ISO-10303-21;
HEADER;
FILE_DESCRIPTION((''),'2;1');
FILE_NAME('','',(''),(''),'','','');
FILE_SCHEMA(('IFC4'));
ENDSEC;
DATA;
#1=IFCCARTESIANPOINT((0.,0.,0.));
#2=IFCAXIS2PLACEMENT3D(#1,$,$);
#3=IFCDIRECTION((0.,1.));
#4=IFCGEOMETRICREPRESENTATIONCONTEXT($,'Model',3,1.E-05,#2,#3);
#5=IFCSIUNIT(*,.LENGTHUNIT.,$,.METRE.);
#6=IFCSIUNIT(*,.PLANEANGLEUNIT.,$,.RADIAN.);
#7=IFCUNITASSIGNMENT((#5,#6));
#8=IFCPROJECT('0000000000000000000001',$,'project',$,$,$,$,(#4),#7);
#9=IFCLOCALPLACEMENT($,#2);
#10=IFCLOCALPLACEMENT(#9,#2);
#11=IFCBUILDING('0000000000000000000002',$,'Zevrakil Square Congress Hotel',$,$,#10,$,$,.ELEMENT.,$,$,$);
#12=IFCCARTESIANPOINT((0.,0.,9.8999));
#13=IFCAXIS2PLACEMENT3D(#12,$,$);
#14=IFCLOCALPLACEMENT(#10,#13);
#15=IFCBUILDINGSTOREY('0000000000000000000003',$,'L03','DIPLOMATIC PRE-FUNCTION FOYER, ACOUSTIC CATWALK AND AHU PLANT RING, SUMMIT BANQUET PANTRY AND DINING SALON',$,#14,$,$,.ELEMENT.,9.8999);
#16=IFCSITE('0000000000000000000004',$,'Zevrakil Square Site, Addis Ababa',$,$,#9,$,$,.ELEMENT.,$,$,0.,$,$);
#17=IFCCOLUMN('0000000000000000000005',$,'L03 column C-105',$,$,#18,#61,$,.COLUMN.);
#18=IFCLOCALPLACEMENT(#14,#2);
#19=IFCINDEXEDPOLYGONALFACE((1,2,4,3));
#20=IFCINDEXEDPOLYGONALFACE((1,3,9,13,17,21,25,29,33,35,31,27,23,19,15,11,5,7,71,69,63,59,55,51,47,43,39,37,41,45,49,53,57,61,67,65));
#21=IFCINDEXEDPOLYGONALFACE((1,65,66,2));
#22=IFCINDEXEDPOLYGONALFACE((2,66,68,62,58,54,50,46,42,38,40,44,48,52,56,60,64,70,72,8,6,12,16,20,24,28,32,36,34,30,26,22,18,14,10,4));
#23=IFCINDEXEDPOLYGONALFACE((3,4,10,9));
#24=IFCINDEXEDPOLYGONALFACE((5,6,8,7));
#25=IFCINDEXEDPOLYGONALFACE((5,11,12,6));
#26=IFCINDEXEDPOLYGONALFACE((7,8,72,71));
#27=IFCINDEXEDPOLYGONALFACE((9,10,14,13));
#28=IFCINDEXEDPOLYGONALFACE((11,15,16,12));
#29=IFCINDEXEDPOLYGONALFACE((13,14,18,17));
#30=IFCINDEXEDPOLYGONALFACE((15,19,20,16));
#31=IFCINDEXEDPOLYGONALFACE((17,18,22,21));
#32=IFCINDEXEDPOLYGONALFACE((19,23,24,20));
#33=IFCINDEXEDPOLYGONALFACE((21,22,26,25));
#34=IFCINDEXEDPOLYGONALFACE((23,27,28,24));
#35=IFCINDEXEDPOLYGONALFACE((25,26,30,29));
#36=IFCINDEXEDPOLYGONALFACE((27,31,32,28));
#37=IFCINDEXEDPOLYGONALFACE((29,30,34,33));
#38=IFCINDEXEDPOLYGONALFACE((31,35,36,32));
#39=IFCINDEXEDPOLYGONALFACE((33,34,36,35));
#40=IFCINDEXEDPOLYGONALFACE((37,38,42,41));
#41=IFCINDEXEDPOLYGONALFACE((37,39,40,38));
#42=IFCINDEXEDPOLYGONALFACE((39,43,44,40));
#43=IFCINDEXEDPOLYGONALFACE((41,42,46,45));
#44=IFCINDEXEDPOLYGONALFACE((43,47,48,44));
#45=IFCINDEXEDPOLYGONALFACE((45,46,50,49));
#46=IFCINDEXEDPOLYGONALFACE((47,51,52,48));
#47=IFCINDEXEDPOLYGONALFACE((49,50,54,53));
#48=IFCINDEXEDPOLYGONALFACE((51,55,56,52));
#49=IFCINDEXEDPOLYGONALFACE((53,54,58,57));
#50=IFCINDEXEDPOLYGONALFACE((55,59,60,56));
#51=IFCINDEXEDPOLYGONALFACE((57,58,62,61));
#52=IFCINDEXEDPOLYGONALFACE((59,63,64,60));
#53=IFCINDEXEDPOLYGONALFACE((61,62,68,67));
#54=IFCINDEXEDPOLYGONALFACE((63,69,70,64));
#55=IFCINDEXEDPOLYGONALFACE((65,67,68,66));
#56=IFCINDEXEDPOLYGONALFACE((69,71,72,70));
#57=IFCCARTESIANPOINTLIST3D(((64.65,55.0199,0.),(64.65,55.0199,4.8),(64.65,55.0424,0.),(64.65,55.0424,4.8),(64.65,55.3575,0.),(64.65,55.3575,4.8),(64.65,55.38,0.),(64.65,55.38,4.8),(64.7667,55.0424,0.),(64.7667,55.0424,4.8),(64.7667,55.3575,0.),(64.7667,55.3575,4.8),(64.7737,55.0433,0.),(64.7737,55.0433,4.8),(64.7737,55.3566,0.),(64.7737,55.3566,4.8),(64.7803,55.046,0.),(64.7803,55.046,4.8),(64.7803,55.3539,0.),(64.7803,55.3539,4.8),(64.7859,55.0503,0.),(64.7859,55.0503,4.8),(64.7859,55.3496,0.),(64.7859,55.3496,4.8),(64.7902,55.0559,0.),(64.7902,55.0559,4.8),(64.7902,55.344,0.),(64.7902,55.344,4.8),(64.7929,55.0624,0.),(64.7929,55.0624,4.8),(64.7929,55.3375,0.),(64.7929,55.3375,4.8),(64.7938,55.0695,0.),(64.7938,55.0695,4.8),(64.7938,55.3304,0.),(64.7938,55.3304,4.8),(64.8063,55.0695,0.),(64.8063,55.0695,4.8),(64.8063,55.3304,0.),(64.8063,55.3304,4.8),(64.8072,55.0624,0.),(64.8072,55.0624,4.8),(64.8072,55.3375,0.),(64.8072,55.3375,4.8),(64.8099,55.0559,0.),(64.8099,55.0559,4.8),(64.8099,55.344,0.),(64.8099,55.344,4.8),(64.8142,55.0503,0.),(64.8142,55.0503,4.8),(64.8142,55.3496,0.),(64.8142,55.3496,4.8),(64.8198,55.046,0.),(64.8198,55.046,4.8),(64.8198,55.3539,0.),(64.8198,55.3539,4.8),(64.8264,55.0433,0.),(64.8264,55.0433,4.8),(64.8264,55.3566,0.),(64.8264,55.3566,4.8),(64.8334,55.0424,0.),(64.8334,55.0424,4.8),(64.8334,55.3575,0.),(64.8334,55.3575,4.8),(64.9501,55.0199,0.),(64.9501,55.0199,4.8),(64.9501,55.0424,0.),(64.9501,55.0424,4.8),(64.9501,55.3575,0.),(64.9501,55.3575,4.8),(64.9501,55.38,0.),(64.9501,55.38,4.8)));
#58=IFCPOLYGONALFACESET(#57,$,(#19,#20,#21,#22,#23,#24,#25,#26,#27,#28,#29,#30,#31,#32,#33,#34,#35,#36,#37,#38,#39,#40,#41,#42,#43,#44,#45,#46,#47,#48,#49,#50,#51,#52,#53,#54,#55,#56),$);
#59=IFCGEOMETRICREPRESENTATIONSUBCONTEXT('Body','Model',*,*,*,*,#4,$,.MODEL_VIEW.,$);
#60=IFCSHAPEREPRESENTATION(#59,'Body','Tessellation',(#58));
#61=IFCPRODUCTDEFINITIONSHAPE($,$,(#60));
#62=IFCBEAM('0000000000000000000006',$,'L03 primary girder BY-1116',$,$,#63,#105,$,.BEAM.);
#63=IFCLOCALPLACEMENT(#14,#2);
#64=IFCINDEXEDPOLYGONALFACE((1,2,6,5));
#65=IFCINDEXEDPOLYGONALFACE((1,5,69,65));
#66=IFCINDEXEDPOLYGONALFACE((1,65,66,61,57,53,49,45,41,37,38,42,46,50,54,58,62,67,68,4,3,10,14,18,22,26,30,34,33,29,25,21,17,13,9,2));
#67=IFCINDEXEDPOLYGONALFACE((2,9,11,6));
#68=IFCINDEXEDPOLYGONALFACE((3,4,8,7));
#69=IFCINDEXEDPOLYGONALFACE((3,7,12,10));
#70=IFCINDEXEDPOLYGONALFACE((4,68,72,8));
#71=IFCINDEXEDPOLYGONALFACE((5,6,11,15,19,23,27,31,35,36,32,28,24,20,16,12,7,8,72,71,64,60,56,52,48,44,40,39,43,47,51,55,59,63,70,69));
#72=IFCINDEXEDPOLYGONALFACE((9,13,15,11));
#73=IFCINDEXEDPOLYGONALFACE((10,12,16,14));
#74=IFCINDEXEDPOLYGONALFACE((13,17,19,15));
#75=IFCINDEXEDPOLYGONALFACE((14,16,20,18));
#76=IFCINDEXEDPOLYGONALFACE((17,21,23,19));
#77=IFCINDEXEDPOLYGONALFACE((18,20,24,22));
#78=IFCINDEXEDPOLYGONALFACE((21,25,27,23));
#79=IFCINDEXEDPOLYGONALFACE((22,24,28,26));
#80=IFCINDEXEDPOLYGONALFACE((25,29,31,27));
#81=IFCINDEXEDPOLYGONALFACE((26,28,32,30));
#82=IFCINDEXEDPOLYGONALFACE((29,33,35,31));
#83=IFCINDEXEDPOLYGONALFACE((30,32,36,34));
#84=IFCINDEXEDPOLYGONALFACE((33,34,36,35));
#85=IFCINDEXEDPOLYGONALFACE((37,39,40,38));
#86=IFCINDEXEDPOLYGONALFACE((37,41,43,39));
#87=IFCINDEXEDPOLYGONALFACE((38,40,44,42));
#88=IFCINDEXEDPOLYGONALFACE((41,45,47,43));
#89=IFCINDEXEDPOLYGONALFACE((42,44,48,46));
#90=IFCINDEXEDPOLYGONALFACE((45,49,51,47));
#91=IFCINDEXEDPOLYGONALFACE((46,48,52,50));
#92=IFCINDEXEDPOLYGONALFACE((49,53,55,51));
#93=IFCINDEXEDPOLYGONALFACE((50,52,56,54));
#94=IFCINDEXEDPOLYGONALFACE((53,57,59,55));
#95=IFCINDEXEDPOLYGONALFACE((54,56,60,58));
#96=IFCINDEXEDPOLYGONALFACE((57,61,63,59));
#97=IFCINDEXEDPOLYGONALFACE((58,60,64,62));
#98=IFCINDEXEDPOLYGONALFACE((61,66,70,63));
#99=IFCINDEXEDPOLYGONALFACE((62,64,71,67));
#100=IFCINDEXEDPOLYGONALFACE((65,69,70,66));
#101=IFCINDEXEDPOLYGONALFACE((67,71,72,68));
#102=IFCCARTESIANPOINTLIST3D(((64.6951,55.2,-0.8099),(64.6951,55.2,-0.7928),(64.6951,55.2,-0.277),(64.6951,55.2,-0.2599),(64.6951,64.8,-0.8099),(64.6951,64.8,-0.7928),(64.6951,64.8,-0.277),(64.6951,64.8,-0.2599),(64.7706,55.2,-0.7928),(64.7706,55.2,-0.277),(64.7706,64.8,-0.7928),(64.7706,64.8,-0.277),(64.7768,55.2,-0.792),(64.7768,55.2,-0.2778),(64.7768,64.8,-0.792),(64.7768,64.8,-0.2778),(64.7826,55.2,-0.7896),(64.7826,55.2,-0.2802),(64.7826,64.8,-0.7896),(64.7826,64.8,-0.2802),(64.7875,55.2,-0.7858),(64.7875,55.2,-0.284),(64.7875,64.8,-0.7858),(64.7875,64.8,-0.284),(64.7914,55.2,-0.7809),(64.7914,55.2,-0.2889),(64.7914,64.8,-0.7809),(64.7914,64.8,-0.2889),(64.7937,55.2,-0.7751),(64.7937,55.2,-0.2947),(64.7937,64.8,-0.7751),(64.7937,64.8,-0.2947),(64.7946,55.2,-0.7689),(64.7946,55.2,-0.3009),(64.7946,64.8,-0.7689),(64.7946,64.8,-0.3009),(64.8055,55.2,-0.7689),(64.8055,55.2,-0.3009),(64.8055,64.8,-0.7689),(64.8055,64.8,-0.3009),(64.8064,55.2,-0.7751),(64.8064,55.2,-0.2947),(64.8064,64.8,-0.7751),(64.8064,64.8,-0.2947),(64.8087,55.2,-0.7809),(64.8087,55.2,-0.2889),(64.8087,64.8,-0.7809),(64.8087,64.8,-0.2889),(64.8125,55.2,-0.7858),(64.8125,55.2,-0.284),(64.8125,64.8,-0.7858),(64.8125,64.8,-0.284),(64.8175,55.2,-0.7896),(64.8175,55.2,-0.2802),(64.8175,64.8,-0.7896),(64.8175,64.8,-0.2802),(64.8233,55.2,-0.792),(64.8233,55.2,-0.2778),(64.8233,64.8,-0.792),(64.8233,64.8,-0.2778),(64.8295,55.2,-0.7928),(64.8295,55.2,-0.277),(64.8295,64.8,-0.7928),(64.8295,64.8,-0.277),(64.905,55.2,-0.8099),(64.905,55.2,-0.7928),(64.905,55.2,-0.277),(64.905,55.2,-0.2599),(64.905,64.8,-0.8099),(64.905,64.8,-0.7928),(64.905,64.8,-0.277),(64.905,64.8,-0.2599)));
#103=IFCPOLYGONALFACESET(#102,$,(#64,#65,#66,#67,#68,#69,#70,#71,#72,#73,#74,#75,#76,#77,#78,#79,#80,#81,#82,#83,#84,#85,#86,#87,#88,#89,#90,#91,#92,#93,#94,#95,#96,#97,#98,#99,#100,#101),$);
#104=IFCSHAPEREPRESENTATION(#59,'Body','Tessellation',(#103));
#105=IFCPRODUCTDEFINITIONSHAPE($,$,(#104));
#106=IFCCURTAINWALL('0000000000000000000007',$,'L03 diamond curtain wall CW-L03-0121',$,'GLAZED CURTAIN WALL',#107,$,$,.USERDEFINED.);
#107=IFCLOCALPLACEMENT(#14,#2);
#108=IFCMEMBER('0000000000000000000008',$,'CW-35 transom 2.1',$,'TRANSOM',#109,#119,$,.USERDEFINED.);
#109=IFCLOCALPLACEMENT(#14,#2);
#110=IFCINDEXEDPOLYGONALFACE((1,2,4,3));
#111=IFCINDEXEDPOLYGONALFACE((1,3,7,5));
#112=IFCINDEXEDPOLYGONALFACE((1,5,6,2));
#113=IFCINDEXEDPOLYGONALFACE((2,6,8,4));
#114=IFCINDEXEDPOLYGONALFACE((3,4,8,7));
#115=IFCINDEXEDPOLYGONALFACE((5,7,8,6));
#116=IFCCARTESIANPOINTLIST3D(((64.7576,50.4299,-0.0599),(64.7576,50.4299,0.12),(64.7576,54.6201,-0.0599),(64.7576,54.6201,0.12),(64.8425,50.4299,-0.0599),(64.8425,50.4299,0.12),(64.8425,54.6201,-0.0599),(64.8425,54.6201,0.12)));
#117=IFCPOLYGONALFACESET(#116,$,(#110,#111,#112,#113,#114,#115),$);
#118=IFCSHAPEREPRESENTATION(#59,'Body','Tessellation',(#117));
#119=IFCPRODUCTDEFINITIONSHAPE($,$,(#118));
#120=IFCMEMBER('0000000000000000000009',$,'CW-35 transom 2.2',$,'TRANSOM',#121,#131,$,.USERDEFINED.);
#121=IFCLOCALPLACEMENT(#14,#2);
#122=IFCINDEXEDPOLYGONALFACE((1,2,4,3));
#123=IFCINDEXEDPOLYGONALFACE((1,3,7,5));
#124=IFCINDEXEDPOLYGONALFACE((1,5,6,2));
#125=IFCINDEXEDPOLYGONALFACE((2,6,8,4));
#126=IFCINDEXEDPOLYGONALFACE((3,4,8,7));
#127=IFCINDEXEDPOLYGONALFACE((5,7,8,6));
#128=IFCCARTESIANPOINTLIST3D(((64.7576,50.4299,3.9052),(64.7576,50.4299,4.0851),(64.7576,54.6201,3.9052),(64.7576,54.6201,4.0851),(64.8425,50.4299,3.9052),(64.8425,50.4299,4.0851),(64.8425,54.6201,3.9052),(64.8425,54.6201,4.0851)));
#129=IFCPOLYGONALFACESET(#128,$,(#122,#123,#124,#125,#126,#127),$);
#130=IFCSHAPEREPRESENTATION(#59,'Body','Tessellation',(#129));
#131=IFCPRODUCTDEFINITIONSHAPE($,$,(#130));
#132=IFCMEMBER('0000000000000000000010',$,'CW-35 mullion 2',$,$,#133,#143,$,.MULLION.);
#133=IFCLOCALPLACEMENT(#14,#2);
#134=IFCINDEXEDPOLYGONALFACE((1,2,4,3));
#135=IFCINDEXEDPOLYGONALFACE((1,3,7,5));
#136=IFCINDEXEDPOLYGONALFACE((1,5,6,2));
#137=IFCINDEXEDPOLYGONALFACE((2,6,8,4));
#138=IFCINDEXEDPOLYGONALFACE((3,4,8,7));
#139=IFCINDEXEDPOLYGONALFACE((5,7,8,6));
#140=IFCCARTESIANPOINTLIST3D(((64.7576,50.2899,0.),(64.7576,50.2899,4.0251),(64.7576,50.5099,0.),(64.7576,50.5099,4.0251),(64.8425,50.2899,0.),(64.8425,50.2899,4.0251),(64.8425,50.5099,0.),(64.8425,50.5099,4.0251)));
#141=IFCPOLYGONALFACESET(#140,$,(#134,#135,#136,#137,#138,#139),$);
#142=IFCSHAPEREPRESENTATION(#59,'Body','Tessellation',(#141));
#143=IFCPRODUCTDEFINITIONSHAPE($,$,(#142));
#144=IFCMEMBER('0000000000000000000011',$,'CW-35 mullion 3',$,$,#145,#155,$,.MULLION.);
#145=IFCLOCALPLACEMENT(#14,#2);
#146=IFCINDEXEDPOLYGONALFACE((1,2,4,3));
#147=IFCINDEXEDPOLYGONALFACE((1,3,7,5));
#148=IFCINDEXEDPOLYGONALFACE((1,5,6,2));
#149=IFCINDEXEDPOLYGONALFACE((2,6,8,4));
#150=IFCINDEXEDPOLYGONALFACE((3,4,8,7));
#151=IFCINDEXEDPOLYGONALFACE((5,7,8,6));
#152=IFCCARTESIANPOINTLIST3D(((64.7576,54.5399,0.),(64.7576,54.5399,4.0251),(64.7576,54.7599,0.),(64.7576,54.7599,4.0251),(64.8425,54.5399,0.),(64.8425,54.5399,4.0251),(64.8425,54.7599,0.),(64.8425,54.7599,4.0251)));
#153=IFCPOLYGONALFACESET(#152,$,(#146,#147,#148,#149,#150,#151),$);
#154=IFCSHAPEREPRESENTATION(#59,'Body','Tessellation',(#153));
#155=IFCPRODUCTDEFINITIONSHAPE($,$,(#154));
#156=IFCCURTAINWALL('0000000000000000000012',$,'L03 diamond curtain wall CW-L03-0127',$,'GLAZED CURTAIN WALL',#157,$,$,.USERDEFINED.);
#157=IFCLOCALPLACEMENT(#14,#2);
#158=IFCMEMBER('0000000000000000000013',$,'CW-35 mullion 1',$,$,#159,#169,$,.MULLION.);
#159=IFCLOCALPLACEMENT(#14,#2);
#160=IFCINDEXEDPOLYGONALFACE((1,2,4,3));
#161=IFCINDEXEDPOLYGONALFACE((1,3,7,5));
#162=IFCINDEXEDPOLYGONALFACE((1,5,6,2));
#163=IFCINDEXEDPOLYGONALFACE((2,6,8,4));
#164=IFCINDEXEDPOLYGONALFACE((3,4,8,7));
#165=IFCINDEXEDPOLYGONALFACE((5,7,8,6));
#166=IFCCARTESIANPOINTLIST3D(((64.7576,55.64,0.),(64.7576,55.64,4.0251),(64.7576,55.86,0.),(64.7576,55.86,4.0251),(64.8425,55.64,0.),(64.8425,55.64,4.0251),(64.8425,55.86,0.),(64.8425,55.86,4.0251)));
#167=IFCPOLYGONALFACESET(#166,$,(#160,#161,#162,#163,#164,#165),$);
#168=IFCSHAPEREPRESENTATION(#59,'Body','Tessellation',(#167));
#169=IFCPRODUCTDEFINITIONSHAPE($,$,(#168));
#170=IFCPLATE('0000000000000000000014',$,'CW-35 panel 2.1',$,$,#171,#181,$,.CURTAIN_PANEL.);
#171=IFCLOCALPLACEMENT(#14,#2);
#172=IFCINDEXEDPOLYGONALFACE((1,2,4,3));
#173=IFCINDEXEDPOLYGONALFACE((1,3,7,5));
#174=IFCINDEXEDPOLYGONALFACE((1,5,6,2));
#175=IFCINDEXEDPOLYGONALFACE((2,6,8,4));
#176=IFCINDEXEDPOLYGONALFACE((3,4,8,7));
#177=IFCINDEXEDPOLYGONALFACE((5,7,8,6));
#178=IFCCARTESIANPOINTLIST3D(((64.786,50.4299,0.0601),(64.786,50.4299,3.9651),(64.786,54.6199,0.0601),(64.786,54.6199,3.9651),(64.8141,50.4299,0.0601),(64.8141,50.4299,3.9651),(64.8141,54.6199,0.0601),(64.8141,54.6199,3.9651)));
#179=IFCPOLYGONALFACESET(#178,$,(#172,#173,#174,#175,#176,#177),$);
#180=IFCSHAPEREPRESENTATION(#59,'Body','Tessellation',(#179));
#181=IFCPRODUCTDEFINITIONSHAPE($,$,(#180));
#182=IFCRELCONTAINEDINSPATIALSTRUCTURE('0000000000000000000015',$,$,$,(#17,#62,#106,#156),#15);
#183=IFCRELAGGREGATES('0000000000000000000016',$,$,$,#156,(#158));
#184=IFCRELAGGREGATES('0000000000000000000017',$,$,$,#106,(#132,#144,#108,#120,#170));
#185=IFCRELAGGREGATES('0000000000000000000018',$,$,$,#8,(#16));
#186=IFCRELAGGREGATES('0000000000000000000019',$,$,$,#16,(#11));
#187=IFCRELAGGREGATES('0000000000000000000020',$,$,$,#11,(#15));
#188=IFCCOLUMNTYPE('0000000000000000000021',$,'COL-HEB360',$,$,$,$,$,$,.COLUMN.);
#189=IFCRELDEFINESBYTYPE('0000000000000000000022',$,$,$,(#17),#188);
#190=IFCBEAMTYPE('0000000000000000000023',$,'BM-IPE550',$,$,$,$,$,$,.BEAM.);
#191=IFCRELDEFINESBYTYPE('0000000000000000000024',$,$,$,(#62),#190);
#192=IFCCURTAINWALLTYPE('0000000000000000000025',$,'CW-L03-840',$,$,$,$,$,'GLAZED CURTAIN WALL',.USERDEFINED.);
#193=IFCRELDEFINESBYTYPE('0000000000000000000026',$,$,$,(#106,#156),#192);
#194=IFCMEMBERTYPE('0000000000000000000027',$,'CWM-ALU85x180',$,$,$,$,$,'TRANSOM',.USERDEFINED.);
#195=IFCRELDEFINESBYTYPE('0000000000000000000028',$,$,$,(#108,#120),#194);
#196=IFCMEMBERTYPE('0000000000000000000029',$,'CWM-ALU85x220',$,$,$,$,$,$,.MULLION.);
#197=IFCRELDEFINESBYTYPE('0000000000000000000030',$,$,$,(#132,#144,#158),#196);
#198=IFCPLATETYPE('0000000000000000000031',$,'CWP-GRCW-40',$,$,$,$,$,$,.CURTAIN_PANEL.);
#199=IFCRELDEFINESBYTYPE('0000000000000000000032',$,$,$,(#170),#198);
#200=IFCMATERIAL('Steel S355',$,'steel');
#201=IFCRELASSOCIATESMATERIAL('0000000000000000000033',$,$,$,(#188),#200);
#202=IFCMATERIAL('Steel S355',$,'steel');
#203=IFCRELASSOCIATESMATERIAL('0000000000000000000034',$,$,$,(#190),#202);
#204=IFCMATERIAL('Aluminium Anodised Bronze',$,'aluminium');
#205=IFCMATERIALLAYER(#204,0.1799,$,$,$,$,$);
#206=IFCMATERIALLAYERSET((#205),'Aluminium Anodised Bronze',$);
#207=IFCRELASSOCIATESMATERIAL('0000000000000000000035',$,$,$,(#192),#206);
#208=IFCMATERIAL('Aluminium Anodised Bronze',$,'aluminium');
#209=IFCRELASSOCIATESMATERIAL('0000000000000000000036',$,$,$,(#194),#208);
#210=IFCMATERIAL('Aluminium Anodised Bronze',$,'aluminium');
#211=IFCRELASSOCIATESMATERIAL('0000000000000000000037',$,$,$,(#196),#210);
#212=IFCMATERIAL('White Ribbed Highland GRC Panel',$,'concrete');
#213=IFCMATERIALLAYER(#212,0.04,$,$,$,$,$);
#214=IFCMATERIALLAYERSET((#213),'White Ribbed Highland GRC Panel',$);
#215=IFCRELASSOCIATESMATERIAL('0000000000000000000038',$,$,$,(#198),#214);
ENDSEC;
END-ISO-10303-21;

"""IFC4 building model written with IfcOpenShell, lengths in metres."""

from ifc_helpers import new_model, si_unit, direction, frame, origin, origin_2d, place, context, subcontext, project, spatial, rectangle, i_section, extrude, material, layer, layer_set, material_profile, profile_set, type_object, element, aggregate, save


model = new_model("IFC4")

# Units and contexts
model_context = context("Model", 3, precision=1e-05, world=origin(), true_north=direction((0.0, 1.0)))
body_context = subcontext(model_context, "Body", "Model", "MODEL_VIEW")
ifc_project = project(units=[si_unit("LENGTHUNIT", "METRE"), si_unit("PLANEANGLEUNIT", "RADIAN")], contexts=[model_context])

# Site, building, storey
site_placement = place(None, origin())
site = spatial("IfcSite", under=ifc_project, at=site_placement, Name="Zevrakil Square Site, Addis Ababa", CompositionType="ELEMENT", RefElevation=0.0)
building_placement = place(site_placement, origin())
building = spatial("IfcBuilding", under=site, at=building_placement, Name="Zevrakil Square Congress Hotel", CompositionType="ELEMENT")
storey_placement = place(building_placement, frame((0.0, 0.0, 9.8999)))
storey = spatial("IfcBuildingStorey", under=building, at=storey_placement, Name="L03", Description="DIPLOMATIC PRE-FUNCTION FOYER, ACOUSTIC CATWALK AND AHU PLANT RING, SUMMIT BANQUET PANTRY AND DINING SALON", CompositionType="ELEMENT", Elevation=9.8999)

# Column
ifc_material_1 = material(Name="Steel S355", Category="steel")
ifc_material_profile_1 = material_profile(ifc_material_1, i_section(OverallWidth=0.3, OverallDepth=0.3601, WebThickness=0.0125, FlangeThickness=0.0225, FilletRadius=0.0271, at=origin_2d()), Name="HEB 360")
ifc_profile_set_1 = profile_set([ifc_material_profile_1], Name="Steel S355")
column_type = type_object("IfcColumnType", Name="COL-HEB360", PredefinedType="COLUMN", material=ifc_profile_set_1)
column_placement = place(storey_placement, frame((64.8, 55.2, 0.0), z_axis=(0.0, 0.0, 1.0), x_axis=(1.0, 0.0, 0.0)))
element("IfcColumn", 1, at=column_placement, inside=storey, type_object=column_type, Name="L03 column C-105", PredefinedType="COLUMN", context=body_context, shape_type="SweptSolid", body=[
    extrude(i_section(OverallWidth=0.3, OverallDepth=0.3601, WebThickness=0.0125, FlangeThickness=0.0225, FilletRadius=0.0271, at=origin_2d()), origin(), (0.0, 0.0, 1.0), 4.8),
])

# Beam
ifc_material_2 = material(Name="Steel S355", Category="steel")
ifc_material_profile_2 = material_profile(ifc_material_2, i_section(OverallWidth=0.21, OverallDepth=0.55, WebThickness=0.011, FlangeThickness=0.0171, FilletRadius=0.0239, at=origin_2d()), Name="IPE 550")
ifc_profile_set_2 = profile_set([ifc_material_profile_2], Name="Steel S355")
beam_type = type_object("IfcBeamType", Name="BM-IPE550", PredefinedType="BEAM", material=ifc_profile_set_2)
beam_placement = place(storey_placement, frame((64.8, 55.2, -0.5349), z_axis=(0.0, 1.0, 0.0), x_axis=(-1.0, 0.0, 0.0)))
element("IfcBeam", 2, at=beam_placement, inside=storey, type_object=beam_type, Name="L03 primary girder BY-1116", PredefinedType="BEAM", context=body_context, shape_type="SweptSolid", body=[
    extrude(i_section(OverallWidth=0.21, OverallDepth=0.55, WebThickness=0.011, FlangeThickness=0.0171, FilletRadius=0.0239, at=origin_2d()), origin(), (0.0, 0.0, 1.0), 9.6001),
])

# Curtain wall, members
ifc_material_3 = material(Name="Aluminium Anodised Bronze", Category="aluminium")
ifc_layer_1 = layer(ifc_material_3, 0.1799)
ifc_layer_set_1 = layer_set([ifc_layer_1], Name="Aluminium Anodised Bronze")
curtain_wall_type = type_object("IfcCurtainWallType", Name="CW-L03-840", ElementType="GLAZED CURTAIN WALL", PredefinedType="USERDEFINED", material=ifc_layer_set_1)
curtain_wall_1_placement = place(storey_placement, origin())
curtain_wall_1 = element("IfcCurtainWall", 3, at=curtain_wall_1_placement, inside=storey, type_object=curtain_wall_type, Name="L03 diamond curtain wall CW-L03-0121", ObjectType="GLAZED CURTAIN WALL", PredefinedType="USERDEFINED")
ifc_material_4 = material(Name="Aluminium Anodised Bronze", Category="aluminium")
ifc_material_profile_3 = material_profile(ifc_material_4, rectangle(XDim=0.085, YDim=0.1799, at=origin_2d()), Name="ALU 85x180")
ifc_profile_set_3 = profile_set([ifc_material_profile_3], Name="Aluminium Anodised Bronze")
member_type_1 = type_object("IfcMemberType", Name="CWM-ALU85x180", ElementType="TRANSOM", PredefinedType="USERDEFINED", material=ifc_profile_set_3)
member_1_placement = place(storey_placement, frame((64.8, 50.4299, 0.03), z_axis=(0.0, 1.0, 0.0), x_axis=(-1.0, 0.0, 0.0)))
member_1 = element("IfcMember", 4, at=member_1_placement, type_object=member_type_1, Name="CW-35 transom 2.1", ObjectType="TRANSOM", PredefinedType="USERDEFINED", context=body_context, shape_type="SweptSolid", body=[
    extrude(rectangle(XDim=0.085, YDim=0.1799, at=origin_2d()), origin(), (0.0, 0.0, 1.0), 4.1902),
])
member_2_placement = place(storey_placement, frame((64.8, 50.4299, 3.9951), z_axis=(0.0, 1.0, 0.0), x_axis=(-1.0, 0.0, 0.0)))
member_2 = element("IfcMember", 5, at=member_2_placement, type_object=member_type_1, Name="CW-35 transom 2.2", ObjectType="TRANSOM", PredefinedType="USERDEFINED", context=body_context, shape_type="SweptSolid", body=[
    extrude(rectangle(XDim=0.085, YDim=0.1799, at=origin_2d()), origin(), (0.0, 0.0, 1.0), 4.1902),
])
ifc_material_5 = material(Name="Aluminium Anodised Bronze", Category="aluminium")
ifc_material_profile_4 = material_profile(ifc_material_5, rectangle(XDim=0.085, YDim=0.22, at=origin_2d()), Name="ALU 85x220")
ifc_profile_set_4 = profile_set([ifc_material_profile_4], Name="Aluminium Anodised Bronze")
member_type_2 = type_object("IfcMemberType", Name="CWM-ALU85x220", PredefinedType="MULLION", material=ifc_profile_set_4)
member_3_placement = place(storey_placement, frame((64.8, 50.3999, 0.0), z_axis=(0.0, 0.0, 1.0), x_axis=(-1.0, 0.0, 0.0)))
member_3 = element("IfcMember", 6, at=member_3_placement, type_object=member_type_2, Name="CW-35 mullion 2", PredefinedType="MULLION", context=body_context, shape_type="SweptSolid", body=[
    extrude(rectangle(XDim=0.085, YDim=0.22, at=origin_2d()), origin(), (0.0, 0.0, 1.0), 4.0251),
])
member_4_placement = place(storey_placement, frame((64.8, 54.6499, 0.0), z_axis=(0.0, 0.0, 1.0), x_axis=(-1.0, 0.0, 0.0)))
member_4 = element("IfcMember", 7, at=member_4_placement, type_object=member_type_2, Name="CW-35 mullion 3", PredefinedType="MULLION", context=body_context, shape_type="SweptSolid", body=[
    extrude(rectangle(XDim=0.085, YDim=0.22, at=origin_2d()), origin(), (0.0, 0.0, 1.0), 4.0251),
])

# Curtain wall, member
curtain_wall_2_placement = place(storey_placement, origin())
curtain_wall_2 = element("IfcCurtainWall", 8, at=curtain_wall_2_placement, inside=storey, type_object=curtain_wall_type, Name="L03 diamond curtain wall CW-L03-0127", ObjectType="GLAZED CURTAIN WALL", PredefinedType="USERDEFINED")
member_5_placement = place(storey_placement, frame((64.8, 55.75, 0.0), z_axis=(0.0, 0.0, 1.0), x_axis=(-1.0, 0.0, 0.0)))
member_5 = element("IfcMember", 9, at=member_5_placement, type_object=member_type_2, Name="CW-35 mullion 1", PredefinedType="MULLION", context=body_context, shape_type="SweptSolid", body=[
    extrude(rectangle(XDim=0.085, YDim=0.22, at=origin_2d()), origin(), (0.0, 0.0, 1.0), 4.0251),
])
aggregate(curtain_wall_2, [member_5])

# Plate
ifc_material_6 = material(Name="White Ribbed Highland GRC Panel", Category="concrete")
ifc_layer_2 = layer(ifc_material_6, 0.04)
ifc_layer_set_2 = layer_set([ifc_layer_2], Name="White Ribbed Highland GRC Panel")
plate_type = type_object("IfcPlateType", Name="CWP-GRCW-40", PredefinedType="CURTAIN_PANEL", material=ifc_layer_set_2)
plate_placement = place(storey_placement, frame((64.8, 52.5249, 0.0601), z_axis=(0.0, 0.0, 1.0), x_axis=(0.0, 1.0, 0.0)))
plate = element("IfcPlate", 10, at=plate_placement, type_object=plate_type, Name="CW-35 panel 2.1", PredefinedType="CURTAIN_PANEL", context=body_context, shape_type="SweptSolid", body=[
    extrude(rectangle(XDim=4.1899, YDim=0.0281, at=origin_2d()), origin(), (0.0, 0.0, 1.0), 3.905),
])
aggregate(curtain_wall_1, [member_3, member_4, member_1, member_2, plate])

save(model, "model.ifc")
